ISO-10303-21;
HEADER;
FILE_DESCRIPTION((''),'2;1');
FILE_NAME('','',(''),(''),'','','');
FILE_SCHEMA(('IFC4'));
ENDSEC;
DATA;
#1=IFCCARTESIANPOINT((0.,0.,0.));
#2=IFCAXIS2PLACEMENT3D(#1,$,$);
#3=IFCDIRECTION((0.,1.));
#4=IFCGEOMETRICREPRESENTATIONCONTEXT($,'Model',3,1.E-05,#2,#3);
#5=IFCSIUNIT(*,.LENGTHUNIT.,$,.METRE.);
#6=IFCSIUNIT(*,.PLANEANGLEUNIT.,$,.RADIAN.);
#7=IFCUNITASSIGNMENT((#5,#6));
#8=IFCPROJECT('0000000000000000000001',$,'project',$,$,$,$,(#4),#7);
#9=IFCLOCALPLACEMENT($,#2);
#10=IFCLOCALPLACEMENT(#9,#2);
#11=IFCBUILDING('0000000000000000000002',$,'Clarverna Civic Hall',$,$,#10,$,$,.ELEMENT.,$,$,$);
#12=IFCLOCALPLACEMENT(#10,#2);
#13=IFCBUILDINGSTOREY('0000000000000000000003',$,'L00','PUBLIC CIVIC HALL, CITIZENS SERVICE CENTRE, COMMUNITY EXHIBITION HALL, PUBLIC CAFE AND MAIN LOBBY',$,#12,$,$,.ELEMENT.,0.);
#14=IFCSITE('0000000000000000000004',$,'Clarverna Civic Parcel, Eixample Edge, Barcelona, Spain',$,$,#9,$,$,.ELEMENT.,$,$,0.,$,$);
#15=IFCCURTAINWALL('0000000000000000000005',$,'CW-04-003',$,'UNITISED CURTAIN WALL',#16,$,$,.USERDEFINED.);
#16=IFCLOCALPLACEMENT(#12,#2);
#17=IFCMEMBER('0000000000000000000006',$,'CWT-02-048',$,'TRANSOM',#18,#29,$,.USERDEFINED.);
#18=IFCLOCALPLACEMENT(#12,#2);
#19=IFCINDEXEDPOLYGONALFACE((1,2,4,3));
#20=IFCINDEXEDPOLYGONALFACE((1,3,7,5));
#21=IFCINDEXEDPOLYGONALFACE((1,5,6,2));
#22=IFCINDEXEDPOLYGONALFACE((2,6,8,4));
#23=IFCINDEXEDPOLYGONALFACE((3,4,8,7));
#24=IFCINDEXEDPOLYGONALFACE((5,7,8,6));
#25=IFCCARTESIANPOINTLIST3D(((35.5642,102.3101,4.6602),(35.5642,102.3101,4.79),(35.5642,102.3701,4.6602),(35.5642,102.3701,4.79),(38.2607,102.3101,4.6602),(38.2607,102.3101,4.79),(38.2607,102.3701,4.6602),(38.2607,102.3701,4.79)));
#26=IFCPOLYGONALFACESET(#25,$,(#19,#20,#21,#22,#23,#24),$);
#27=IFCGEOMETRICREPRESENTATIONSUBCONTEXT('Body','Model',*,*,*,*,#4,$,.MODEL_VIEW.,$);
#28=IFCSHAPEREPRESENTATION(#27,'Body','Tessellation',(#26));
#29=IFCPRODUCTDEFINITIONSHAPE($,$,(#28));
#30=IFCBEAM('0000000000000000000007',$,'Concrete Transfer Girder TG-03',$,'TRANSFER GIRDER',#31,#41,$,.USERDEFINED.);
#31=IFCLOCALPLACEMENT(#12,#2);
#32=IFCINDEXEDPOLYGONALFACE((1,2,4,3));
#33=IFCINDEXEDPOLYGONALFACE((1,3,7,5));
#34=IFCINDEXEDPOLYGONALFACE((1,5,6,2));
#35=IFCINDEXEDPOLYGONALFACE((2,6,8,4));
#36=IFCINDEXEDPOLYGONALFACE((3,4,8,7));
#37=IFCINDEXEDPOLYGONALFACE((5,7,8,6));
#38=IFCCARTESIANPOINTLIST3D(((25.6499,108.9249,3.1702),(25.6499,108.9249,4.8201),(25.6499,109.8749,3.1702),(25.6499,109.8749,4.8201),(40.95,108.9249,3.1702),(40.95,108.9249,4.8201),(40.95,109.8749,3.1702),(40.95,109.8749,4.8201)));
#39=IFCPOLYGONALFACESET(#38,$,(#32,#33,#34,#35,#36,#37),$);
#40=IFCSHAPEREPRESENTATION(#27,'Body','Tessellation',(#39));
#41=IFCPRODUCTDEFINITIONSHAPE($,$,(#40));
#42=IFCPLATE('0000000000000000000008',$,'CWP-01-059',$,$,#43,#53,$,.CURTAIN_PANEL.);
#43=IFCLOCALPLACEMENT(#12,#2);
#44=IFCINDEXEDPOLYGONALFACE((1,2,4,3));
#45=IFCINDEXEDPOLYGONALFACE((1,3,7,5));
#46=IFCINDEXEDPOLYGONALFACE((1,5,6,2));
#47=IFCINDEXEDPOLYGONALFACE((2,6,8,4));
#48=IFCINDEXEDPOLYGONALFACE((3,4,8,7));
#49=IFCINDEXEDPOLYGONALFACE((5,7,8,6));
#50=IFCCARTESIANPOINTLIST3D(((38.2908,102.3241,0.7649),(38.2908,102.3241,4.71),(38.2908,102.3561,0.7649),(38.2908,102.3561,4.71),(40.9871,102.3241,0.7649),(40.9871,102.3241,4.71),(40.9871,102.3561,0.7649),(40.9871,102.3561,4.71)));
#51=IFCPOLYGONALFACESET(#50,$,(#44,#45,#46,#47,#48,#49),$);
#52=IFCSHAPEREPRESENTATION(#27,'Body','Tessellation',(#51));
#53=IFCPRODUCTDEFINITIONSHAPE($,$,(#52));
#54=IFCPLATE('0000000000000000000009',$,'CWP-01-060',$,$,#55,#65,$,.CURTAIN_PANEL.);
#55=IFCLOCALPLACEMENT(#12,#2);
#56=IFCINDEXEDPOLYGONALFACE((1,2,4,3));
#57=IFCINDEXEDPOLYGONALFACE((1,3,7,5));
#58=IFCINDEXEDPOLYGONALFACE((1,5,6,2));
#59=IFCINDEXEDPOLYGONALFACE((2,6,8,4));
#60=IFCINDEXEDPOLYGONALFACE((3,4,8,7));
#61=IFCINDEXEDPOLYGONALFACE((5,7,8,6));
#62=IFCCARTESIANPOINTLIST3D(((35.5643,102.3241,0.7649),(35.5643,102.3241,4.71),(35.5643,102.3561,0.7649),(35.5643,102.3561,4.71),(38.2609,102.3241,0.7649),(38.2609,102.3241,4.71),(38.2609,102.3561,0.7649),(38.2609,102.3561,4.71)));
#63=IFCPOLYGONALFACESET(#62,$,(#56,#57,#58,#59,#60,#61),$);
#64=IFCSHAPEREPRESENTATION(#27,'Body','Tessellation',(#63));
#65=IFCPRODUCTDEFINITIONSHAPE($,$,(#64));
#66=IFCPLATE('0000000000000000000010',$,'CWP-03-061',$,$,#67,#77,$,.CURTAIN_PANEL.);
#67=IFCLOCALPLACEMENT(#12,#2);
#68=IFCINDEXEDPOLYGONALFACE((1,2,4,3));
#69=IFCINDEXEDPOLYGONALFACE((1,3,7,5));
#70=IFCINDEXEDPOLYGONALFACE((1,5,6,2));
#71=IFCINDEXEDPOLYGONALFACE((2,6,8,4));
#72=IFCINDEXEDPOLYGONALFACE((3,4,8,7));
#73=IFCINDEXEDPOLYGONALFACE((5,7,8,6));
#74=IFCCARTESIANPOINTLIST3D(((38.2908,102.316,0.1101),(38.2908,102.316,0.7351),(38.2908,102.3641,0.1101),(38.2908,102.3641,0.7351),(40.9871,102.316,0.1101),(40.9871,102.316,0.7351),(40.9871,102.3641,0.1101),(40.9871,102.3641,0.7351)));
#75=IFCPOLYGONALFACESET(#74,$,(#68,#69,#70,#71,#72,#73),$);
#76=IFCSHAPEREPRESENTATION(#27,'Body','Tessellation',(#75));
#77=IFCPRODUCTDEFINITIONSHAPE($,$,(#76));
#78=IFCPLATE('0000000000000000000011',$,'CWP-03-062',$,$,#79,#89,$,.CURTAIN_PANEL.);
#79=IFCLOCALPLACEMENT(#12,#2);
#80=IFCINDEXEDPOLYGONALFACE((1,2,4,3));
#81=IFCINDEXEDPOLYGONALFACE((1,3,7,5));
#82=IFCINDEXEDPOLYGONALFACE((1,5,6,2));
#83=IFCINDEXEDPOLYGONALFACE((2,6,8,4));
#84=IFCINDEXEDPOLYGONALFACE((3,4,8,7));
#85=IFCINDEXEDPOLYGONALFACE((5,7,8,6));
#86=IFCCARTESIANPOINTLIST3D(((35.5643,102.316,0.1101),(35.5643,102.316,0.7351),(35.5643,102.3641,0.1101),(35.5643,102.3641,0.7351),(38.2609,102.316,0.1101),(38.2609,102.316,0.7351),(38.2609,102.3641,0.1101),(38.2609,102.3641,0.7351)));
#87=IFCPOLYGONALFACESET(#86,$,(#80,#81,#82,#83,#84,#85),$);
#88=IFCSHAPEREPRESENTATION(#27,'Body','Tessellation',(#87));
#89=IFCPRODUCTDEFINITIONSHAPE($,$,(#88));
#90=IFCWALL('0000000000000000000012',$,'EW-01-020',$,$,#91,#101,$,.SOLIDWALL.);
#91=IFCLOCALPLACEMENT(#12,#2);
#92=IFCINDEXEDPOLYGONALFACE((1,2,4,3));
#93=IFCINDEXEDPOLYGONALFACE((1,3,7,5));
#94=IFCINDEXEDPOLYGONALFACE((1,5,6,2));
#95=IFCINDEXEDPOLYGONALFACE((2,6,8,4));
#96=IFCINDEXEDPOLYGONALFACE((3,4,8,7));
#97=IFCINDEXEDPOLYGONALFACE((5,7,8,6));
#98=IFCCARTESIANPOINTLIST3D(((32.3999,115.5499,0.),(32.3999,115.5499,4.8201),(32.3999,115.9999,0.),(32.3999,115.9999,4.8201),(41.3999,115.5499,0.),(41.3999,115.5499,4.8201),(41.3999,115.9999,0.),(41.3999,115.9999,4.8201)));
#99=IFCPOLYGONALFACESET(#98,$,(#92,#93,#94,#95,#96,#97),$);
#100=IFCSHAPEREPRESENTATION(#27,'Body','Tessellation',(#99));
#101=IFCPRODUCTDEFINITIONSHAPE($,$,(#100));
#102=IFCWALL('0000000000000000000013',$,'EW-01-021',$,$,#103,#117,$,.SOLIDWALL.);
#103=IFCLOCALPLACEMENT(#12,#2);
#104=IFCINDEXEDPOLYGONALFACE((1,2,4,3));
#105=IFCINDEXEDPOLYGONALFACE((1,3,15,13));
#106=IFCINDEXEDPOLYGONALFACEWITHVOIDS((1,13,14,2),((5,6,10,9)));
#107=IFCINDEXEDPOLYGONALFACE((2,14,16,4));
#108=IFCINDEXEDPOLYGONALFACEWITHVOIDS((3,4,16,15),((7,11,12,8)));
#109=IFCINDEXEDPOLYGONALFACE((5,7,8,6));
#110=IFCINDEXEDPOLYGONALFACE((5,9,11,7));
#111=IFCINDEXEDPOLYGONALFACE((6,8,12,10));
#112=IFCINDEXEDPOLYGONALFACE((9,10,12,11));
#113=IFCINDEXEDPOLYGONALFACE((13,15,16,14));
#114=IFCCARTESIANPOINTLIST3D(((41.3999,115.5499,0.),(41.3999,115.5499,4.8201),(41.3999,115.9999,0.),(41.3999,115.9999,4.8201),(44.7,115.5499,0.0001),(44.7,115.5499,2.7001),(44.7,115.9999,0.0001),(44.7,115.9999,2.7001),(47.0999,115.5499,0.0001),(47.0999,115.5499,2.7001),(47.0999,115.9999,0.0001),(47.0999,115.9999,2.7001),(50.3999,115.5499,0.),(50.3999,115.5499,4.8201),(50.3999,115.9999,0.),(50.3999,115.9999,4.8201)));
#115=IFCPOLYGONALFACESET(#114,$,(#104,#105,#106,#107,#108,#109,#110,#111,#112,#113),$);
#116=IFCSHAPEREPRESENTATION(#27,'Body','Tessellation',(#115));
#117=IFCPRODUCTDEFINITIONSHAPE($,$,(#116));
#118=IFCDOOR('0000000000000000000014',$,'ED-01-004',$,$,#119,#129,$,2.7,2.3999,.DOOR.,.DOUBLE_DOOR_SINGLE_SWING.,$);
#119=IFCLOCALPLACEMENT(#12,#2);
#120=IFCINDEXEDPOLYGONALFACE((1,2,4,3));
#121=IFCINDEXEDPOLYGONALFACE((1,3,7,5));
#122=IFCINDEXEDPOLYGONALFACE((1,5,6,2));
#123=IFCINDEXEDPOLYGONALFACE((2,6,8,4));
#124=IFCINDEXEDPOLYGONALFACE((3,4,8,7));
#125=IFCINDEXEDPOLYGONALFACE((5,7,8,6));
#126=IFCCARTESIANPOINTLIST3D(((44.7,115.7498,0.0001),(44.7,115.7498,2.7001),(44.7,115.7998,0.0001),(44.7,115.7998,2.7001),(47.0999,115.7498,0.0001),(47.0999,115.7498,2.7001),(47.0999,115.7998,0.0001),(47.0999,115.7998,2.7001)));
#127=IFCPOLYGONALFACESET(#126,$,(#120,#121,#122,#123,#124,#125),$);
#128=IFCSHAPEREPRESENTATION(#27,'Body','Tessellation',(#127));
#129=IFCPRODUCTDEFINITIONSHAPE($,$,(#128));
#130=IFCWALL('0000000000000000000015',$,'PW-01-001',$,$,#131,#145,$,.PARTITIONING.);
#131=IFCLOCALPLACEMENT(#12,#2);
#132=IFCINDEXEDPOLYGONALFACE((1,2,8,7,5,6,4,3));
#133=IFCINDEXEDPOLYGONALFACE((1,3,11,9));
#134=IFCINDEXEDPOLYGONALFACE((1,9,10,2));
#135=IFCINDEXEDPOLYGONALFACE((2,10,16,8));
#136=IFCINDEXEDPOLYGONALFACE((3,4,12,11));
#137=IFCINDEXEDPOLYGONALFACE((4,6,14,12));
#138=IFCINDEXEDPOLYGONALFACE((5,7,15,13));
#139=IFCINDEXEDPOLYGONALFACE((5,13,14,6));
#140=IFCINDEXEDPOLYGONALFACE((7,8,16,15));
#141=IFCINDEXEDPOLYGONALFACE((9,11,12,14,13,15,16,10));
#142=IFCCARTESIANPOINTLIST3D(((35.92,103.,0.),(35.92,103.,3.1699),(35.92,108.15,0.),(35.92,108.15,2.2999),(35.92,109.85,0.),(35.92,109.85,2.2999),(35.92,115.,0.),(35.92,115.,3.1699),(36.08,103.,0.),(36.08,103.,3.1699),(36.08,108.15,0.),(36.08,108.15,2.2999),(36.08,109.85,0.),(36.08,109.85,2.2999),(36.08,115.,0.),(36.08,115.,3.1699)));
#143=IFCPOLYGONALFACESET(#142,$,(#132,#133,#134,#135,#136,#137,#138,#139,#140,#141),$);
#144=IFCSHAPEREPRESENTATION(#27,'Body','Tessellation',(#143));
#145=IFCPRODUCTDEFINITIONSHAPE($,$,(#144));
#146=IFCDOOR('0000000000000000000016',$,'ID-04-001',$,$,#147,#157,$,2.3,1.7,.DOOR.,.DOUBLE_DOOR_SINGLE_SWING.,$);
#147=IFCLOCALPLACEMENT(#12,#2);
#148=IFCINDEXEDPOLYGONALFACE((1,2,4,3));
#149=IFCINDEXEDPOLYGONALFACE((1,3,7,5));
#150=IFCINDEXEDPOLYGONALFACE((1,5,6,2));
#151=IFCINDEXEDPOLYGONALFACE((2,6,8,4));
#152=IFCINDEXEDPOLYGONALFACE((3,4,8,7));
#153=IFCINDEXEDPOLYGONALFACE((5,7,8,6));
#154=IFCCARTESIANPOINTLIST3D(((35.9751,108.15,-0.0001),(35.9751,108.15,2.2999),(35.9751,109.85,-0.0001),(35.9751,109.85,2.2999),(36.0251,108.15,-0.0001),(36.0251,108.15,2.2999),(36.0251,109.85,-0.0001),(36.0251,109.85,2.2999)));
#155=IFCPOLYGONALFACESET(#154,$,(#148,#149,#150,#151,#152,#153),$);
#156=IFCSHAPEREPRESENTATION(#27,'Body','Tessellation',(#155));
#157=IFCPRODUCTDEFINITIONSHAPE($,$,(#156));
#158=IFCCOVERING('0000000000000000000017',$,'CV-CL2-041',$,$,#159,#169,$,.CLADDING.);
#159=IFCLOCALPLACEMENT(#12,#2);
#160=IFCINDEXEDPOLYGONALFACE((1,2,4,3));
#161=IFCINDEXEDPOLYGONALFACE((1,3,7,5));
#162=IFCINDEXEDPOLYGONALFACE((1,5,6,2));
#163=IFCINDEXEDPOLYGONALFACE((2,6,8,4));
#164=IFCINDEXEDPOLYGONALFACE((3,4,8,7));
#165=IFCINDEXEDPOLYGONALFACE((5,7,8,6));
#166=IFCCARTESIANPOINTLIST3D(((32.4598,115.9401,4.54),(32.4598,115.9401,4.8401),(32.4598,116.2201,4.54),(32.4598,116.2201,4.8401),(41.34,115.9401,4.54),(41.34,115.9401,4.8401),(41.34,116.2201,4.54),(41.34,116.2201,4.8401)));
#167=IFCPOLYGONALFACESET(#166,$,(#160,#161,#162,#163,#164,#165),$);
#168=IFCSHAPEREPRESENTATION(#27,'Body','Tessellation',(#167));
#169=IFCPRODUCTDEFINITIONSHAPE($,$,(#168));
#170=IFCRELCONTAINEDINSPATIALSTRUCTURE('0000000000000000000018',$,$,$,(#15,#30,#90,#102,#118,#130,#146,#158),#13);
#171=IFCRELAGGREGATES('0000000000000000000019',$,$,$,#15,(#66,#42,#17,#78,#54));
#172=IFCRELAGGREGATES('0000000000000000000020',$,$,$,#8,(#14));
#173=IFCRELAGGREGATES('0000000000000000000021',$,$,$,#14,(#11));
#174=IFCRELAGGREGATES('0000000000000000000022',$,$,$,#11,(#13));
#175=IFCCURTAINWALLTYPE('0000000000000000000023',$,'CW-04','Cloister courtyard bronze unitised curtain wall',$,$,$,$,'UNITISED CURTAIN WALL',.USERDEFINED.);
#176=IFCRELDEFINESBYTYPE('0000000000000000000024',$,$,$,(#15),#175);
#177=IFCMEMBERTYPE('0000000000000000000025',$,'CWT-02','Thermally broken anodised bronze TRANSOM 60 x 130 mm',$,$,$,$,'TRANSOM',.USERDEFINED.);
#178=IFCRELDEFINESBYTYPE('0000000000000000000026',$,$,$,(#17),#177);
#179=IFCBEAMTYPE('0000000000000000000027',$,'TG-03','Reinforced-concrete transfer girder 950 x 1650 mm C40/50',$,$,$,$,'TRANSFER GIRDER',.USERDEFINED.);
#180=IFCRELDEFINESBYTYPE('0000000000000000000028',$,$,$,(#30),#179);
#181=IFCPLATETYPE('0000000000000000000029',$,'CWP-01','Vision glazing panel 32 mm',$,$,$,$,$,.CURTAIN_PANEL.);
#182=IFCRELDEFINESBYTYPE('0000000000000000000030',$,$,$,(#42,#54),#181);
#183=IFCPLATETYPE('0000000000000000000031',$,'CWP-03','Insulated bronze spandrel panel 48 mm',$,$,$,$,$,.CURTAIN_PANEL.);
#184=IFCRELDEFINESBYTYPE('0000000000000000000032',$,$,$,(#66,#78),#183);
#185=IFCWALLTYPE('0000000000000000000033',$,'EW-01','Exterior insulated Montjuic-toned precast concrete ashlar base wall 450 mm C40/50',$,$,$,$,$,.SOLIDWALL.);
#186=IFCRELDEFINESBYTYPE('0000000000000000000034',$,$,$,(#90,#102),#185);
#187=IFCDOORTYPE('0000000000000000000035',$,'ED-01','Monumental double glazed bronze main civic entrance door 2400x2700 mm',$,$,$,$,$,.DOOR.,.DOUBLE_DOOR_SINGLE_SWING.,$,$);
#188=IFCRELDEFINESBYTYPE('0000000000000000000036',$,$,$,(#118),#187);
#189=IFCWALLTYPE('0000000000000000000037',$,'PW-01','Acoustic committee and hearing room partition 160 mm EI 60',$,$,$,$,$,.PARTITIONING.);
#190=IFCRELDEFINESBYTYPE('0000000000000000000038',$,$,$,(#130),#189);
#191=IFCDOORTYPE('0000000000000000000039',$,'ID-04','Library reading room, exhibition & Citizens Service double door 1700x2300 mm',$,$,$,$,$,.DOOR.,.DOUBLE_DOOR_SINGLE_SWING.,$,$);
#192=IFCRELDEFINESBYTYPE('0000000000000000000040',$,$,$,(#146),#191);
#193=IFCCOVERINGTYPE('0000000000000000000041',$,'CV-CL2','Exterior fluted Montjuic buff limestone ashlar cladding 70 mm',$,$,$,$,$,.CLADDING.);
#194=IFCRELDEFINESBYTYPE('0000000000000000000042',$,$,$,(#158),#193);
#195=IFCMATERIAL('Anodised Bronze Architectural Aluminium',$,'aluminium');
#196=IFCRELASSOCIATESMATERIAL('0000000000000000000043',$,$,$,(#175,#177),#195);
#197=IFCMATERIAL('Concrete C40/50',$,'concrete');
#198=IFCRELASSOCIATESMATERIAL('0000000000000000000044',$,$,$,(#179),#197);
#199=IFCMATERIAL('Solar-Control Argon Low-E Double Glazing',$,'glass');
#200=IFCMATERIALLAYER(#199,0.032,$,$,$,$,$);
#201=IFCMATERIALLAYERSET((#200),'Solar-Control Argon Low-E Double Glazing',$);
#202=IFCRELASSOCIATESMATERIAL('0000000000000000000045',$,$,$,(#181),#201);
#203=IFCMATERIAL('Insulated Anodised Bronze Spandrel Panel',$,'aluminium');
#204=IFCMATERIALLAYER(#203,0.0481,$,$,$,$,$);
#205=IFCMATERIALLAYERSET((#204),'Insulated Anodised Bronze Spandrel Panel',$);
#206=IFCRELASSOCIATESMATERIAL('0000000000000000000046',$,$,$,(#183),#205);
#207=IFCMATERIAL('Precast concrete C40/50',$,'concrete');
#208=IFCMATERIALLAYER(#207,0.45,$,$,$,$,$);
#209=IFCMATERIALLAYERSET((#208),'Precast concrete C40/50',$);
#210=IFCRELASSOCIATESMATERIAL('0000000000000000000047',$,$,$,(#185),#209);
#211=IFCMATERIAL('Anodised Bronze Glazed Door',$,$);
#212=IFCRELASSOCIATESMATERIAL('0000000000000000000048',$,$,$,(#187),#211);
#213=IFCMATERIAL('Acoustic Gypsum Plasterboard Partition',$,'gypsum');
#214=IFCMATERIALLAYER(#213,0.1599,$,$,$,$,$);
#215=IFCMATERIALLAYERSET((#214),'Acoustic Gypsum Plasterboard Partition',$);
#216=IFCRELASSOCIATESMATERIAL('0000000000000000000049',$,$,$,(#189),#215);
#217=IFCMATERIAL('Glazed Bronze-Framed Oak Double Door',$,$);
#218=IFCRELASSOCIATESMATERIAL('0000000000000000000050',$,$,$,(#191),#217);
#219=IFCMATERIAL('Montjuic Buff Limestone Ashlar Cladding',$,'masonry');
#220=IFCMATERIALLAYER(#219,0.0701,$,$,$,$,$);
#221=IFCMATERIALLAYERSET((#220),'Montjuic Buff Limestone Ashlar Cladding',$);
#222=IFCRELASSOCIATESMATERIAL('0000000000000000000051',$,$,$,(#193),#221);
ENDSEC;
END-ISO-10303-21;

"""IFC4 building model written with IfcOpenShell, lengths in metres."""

from ifc_helpers import new_model, si_unit, direction, frame, frame_2d, origin, origin_2d, place, context, subcontext, project, spatial, rectangle, extrude, material, layer, layer_set, material_profile, profile_set, type_object, element, fill, aggregate, save


model = new_model("IFC4")

# Units and contexts
model_context = context("Model", 3, precision=1e-05, world=origin(), true_north=direction((0.0, 1.0)))
body_context = subcontext(model_context, "Body", "Model", "MODEL_VIEW")
ifc_project = project(units=[si_unit("LENGTHUNIT", "METRE"), si_unit("PLANEANGLEUNIT", "RADIAN")], contexts=[model_context])

# Site, building, storey
site_placement = place(None, origin())
site = spatial("IfcSite", under=ifc_project, at=site_placement, Name="Clarverna Civic Parcel, Eixample Edge, Barcelona, Spain", CompositionType="ELEMENT", RefElevation=0.0)
building_placement = place(site_placement, origin())
building = spatial("IfcBuilding", under=site, at=building_placement, Name="Clarverna Civic Hall", CompositionType="ELEMENT")
storey_placement = place(building_placement, origin())
storey = spatial("IfcBuildingStorey", under=building, at=storey_placement, Name="L00", Description="PUBLIC CIVIC HALL, CITIZENS SERVICE CENTRE, COMMUNITY EXHIBITION HALL, PUBLIC CAFE AND MAIN LOBBY", CompositionType="ELEMENT", Elevation=0.0)

# Shared definitions
ifc_material_1 = material(Name="Concrete C40/50", Category="concrete")

# Shared definitions
ifc_material_2 = material(Name="Anodised Bronze Architectural Aluminium", Category="aluminium")
curtain_wall_type = type_object("IfcCurtainWallType", Name="CW-04", Description="Cloister courtyard bronze unitised curtain wall", ElementType="UNITISED CURTAIN WALL", PredefinedType="USERDEFINED", material=ifc_material_2)

# Curtain wall, member
curtain_wall_1_placement = place(storey_placement, origin())
curtain_wall_1 = element("IfcCurtainWall", 1, at=curtain_wall_1_placement, inside=storey, type_object=curtain_wall_type, Name="CW-04-003", ObjectType="UNITISED CURTAIN WALL", PredefinedType="USERDEFINED")
ifc_material_profile_1 = material_profile(ifc_material_2, rectangle(XDim=0.0601, YDim=0.1299, at=origin_2d()), Name="BRONZE 60x130")
ifc_profile_set_1 = profile_set([ifc_material_profile_1], Name="Anodised Bronze Architectural Aluminium")
member_type_1 = type_object("IfcMemberType", Name="CWT-02", Description="Thermally broken anodised bronze TRANSOM 60 x 130 mm", ElementType="TRANSOM", PredefinedType="USERDEFINED", material=ifc_profile_set_1)
member_1_placement = place(storey_placement, frame((38.2607, 102.3401, 4.7251), z_axis=(-1.0, 0.0, 0.0), x_axis=(0.0, -1.0, 0.0)))
member_1 = element("IfcMember", 2, at=member_1_placement, type_object=member_type_1, Name="CWT-02-048", ObjectType="TRANSOM", PredefinedType="USERDEFINED", context=body_context, shape_type="SweptSolid", body=[
    extrude(rectangle(XDim=0.0601, YDim=0.1299, at=origin_2d()), origin(), (0.0, 0.0, 1.0), 2.6965),
])

# Beam
ifc_material_profile_2 = material_profile(ifc_material_1, rectangle(XDim=0.95, YDim=1.6499, at=origin_2d()), Name="RC 950x1650")
ifc_profile_set_2 = profile_set([ifc_material_profile_2], Name="Concrete C40/50")
beam_type_1 = type_object("IfcBeamType", Name="TG-03", Description="Reinforced-concrete transfer girder 950 x 1650 mm C40/50", ElementType="TRANSFER GIRDER", PredefinedType="USERDEFINED", material=ifc_profile_set_2)
beam_1_placement = place(storey_placement, frame((25.6499, 109.3999, 3.9951), z_axis=(1.0, 0.0, 0.0), x_axis=(0.0, 1.0, 0.0)))
element("IfcBeam", 3, at=beam_1_placement, inside=storey, type_object=beam_type_1, Name="Concrete Transfer Girder TG-03", ObjectType="TRANSFER GIRDER", PredefinedType="USERDEFINED", context=body_context, shape_type="SweptSolid", body=[
    extrude(rectangle(XDim=0.95, YDim=1.6499, at=origin_2d()), origin(), (0.0, 0.0, 1.0), 15.3),
])

# Plates
ifc_material_3 = material(Name="Solar-Control Argon Low-E Double Glazing", Category="glass")
ifc_layer_1 = layer(ifc_material_3, 0.032)
ifc_layer_set_1 = layer_set([ifc_layer_1], Name="Solar-Control Argon Low-E Double Glazing")
plate_type_1 = type_object("IfcPlateType", Name="CWP-01", Description="Vision glazing panel 32 mm", PredefinedType="CURTAIN_PANEL", material=ifc_layer_set_1)
plate_1_placement = place(storey_placement, frame((40.9871, 102.3401, 0.7649), z_axis=(0.0, 0.0, 1.0), x_axis=(-1.0, 0.0, 0.0)))
plate_1 = element("IfcPlate", 4, at=plate_1_placement, type_object=plate_type_1, Name="CWP-01-059", PredefinedType="CURTAIN_PANEL", context=body_context, shape_type="SweptSolid", body=[
    extrude(rectangle(XDim=2.6963, YDim=0.032, at=frame_2d((1.3481, 0.0))), origin(), (0.0, 0.0, 1.0), 3.9451),
])
plate_2_placement = place(storey_placement, frame((38.2607, 102.3401, 0.7649), z_axis=(0.0, 0.0, 1.0), x_axis=(-1.0, 0.0, 0.0)))
plate_2 = element("IfcPlate", 5, at=plate_2_placement, type_object=plate_type_1, Name="CWP-01-060", PredefinedType="CURTAIN_PANEL", context=body_context, shape_type="SweptSolid", body=[
    extrude(rectangle(XDim=2.6965, YDim=0.032, at=frame_2d((1.3481, 0.0))), origin(), (0.0, 0.0, 1.0), 3.9451),
])
ifc_material_4 = material(Name="Insulated Anodised Bronze Spandrel Panel", Category="aluminium")
ifc_layer_2 = layer(ifc_material_4, 0.0481)
ifc_layer_set_2 = layer_set([ifc_layer_2], Name="Insulated Anodised Bronze Spandrel Panel")
plate_type_2 = type_object("IfcPlateType", Name="CWP-03", Description="Insulated bronze spandrel panel 48 mm", PredefinedType="CURTAIN_PANEL", material=ifc_layer_set_2)
plate_3_placement = place(storey_placement, frame((40.9871, 102.3401, 0.1101), z_axis=(0.0, 0.0, 1.0), x_axis=(-1.0, 0.0, 0.0)))
plate_3 = element("IfcPlate", 6, at=plate_3_placement, type_object=plate_type_2, Name="CWP-03-061", PredefinedType="CURTAIN_PANEL", context=body_context, shape_type="SweptSolid", body=[
    extrude(rectangle(XDim=2.6963, YDim=0.0481, at=frame_2d((1.3481, 0.0))), origin(), (0.0, 0.0, 1.0), 0.625),
])
plate_4_placement = place(storey_placement, frame((38.2607, 102.3401, 0.1101), z_axis=(0.0, 0.0, 1.0), x_axis=(-1.0, 0.0, 0.0)))
plate_4 = element("IfcPlate", 7, at=plate_4_placement, type_object=plate_type_2, Name="CWP-03-062", PredefinedType="CURTAIN_PANEL", context=body_context, shape_type="SweptSolid", body=[
    extrude(rectangle(XDim=2.6965, YDim=0.0481, at=frame_2d((1.3481, 0.0))), origin(), (0.0, 0.0, 1.0), 0.625),
])
aggregate(curtain_wall_1, [plate_3, plate_1, member_1, plate_4, plate_2])

# Wall
ifc_material_5 = material(Name="Precast concrete C40/50", Category="concrete")
ifc_layer_3 = layer(ifc_material_5, 0.45)
ifc_layer_set_3 = layer_set([ifc_layer_3], Name="Precast concrete C40/50")
wall_type_1 = type_object("IfcWallType", Name="EW-01", Description="Exterior insulated Montjuic-toned precast concrete ashlar base wall 450 mm C40/50", PredefinedType="SOLIDWALL", material=ifc_layer_set_3)
wall_1_placement = place(storey_placement, frame((32.3999, 115.7749, 0.0), z_axis=(0.0, 0.0, 1.0), x_axis=(1.0, 0.0, 0.0)))
element("IfcWall", 8, at=wall_1_placement, inside=storey, type_object=wall_type_1, Name="EW-01-020", PredefinedType="SOLIDWALL", context=body_context, shape_type="SweptSolid", body=[
    extrude(rectangle(XDim=9.0, YDim=0.45, at=frame_2d((4.5, 0.0))), origin(), (0.0, 0.0, 1.0), 4.8201),
])

# Walls, openings, doors
wall_2_placement = place(storey_placement, frame((41.3999, 115.7749, 0.0), z_axis=(0.0, 0.0, 1.0), x_axis=(1.0, 0.0, 0.0)))
wall_2 = element("IfcWall", 9, at=wall_2_placement, inside=storey, type_object=wall_type_1, Name="EW-01-021", PredefinedType="SOLIDWALL", context=body_context, shape_type="SweptSolid", body=[
    extrude(rectangle(XDim=9.0, YDim=0.45, at=frame_2d((4.5, 0.0))), origin(), (0.0, 0.0, 1.0), 4.8201),
])
opening_1_placement = place(wall_2_placement, frame((3.3, 0.0, 0.0)))
opening_1 = element("IfcOpeningElement", 10, at=opening_1_placement, cuts=wall_2, PredefinedType="OPENING", context=body_context, shape_type="SweptSolid", body=[
    extrude(rectangle(XDim=2.3999, YDim=2.7, at=frame_2d((1.2, 1.3501))), frame((0.0, 0.2349, 0.0), z_axis=(0.0, -1.0, 0.0), x_axis=(1.0, 0.0, 0.0)), (0.0, 0.0, 1.0), 0.47),
])
ifc_material_6 = material(Name="Anodised Bronze Glazed Door")
door_type_1 = type_object("IfcDoorType", Name="ED-01", Description="Monumental double glazed bronze main civic entrance door 2400x2700 mm", OperationType="DOUBLE_DOOR_SINGLE_SWING", PredefinedType="DOOR", material=ifc_material_6)
door_1_placement = place(opening_1_placement, origin())
door_1 = element("IfcDoor", 11, at=door_1_placement, inside=storey, type_object=door_type_1, Name="ED-01-004", OperationType="DOUBLE_DOOR_SINGLE_SWING", OverallHeight=2.7, OverallWidth=2.3999, PredefinedType="DOOR", context=body_context, shape_type="SweptSolid", body=[
    extrude(rectangle(XDim=2.3999, YDim=2.7, at=frame_2d((1.2, 1.3501))), frame((0.0, 0.0249, 0.0), z_axis=(0.0, -1.0, 0.0), x_axis=(1.0, 0.0, 0.0)), (0.0, 0.0, 1.0), 0.05),
])
fill(opening_1, door_1)
ifc_material_7 = material(Name="Acoustic Gypsum Plasterboard Partition", Category="gypsum")
ifc_layer_4 = layer(ifc_material_7, 0.1599)
ifc_layer_set_4 = layer_set([ifc_layer_4], Name="Acoustic Gypsum Plasterboard Partition")
wall_type_2 = type_object("IfcWallType", Name="PW-01", Description="Acoustic committee and hearing room partition 160 mm EI 60", PredefinedType="PARTITIONING", material=ifc_layer_set_4)
wall_3_placement = place(storey_placement, frame((36.0, 103.0, 0.0), z_axis=(0.0, 0.0, 1.0), x_axis=(0.0, 1.0, 0.0)))
wall_3 = element("IfcWall", 12, at=wall_3_placement, inside=storey, type_object=wall_type_2, Name="PW-01-001", PredefinedType="PARTITIONING", context=body_context, shape_type="SweptSolid", body=[
    extrude(rectangle(XDim=12.0, YDim=0.1599, at=frame_2d((6.0, 0.0))), origin(), (0.0, 0.0, 1.0), 3.1699),
])
opening_2_placement = place(wall_3_placement, frame((5.1499, 0.0, 0.0)))
opening_2 = element("IfcOpeningElement", 13, at=opening_2_placement, cuts=wall_3, PredefinedType="OPENING", context=body_context, shape_type="SweptSolid", body=[
    extrude(rectangle(XDim=1.7, YDim=2.3, at=frame_2d((0.8501, 1.1499))), frame((0.0, 0.0898, 0.0), z_axis=(0.0, -1.0, 0.0), x_axis=(1.0, 0.0, 0.0)), (0.0, 0.0, 1.0), 0.1799),
])
ifc_material_8 = material(Name="Glazed Bronze-Framed Oak Double Door")
door_type_2 = type_object("IfcDoorType", Name="ID-04", Description="Library reading room, exhibition & Citizens Service double door 1700x2300 mm", OperationType="DOUBLE_DOOR_SINGLE_SWING", PredefinedType="DOOR", material=ifc_material_8)
door_2_placement = place(opening_2_placement, origin())
door_2 = element("IfcDoor", 14, at=door_2_placement, inside=storey, type_object=door_type_2, Name="ID-04-001", OperationType="DOUBLE_DOOR_SINGLE_SWING", OverallHeight=2.3, OverallWidth=1.7, PredefinedType="DOOR", context=body_context, shape_type="SweptSolid", body=[
    extrude(rectangle(XDim=1.7, YDim=2.3, at=frame_2d((0.8501, 1.1499))), frame((0.0, 0.0249, 0.0), z_axis=(0.0, -1.0, 0.0), x_axis=(1.0, 0.0, 0.0)), (0.0, 0.0, 1.0), 0.05),
])
fill(opening_2, door_2)

# Covering
ifc_material_9 = material(Name="Montjuic Buff Limestone Ashlar Cladding", Category="masonry")
ifc_layer_5 = layer(ifc_material_9, 0.0701)
ifc_layer_set_5 = layer_set([ifc_layer_5], Name="Montjuic Buff Limestone Ashlar Cladding")
covering_type = type_object("IfcCoveringType", Name="CV-CL2", Description="Exterior fluted Montjuic buff limestone ashlar cladding 70 mm", PredefinedType="CLADDING", material=ifc_layer_set_5)
covering_1_placement = place(storey_placement, frame((32.46, 116.0801, 4.54), z_axis=(0.0, 0.0, 1.0), x_axis=(1.0, 0.0, 0.0)))
element("IfcCovering", 15, at=covering_1_placement, inside=storey, type_object=covering_type, Name="CV-CL2-041", PredefinedType="CLADDING", context=body_context, shape_type="SweptSolid", body=[
    extrude(rectangle(XDim=8.8801, YDim=0.28, at=frame_2d((4.4399, 0.0))), origin(), (0.0, 0.0, 1.0), 0.3),
])

save(model, "model.ifc")
